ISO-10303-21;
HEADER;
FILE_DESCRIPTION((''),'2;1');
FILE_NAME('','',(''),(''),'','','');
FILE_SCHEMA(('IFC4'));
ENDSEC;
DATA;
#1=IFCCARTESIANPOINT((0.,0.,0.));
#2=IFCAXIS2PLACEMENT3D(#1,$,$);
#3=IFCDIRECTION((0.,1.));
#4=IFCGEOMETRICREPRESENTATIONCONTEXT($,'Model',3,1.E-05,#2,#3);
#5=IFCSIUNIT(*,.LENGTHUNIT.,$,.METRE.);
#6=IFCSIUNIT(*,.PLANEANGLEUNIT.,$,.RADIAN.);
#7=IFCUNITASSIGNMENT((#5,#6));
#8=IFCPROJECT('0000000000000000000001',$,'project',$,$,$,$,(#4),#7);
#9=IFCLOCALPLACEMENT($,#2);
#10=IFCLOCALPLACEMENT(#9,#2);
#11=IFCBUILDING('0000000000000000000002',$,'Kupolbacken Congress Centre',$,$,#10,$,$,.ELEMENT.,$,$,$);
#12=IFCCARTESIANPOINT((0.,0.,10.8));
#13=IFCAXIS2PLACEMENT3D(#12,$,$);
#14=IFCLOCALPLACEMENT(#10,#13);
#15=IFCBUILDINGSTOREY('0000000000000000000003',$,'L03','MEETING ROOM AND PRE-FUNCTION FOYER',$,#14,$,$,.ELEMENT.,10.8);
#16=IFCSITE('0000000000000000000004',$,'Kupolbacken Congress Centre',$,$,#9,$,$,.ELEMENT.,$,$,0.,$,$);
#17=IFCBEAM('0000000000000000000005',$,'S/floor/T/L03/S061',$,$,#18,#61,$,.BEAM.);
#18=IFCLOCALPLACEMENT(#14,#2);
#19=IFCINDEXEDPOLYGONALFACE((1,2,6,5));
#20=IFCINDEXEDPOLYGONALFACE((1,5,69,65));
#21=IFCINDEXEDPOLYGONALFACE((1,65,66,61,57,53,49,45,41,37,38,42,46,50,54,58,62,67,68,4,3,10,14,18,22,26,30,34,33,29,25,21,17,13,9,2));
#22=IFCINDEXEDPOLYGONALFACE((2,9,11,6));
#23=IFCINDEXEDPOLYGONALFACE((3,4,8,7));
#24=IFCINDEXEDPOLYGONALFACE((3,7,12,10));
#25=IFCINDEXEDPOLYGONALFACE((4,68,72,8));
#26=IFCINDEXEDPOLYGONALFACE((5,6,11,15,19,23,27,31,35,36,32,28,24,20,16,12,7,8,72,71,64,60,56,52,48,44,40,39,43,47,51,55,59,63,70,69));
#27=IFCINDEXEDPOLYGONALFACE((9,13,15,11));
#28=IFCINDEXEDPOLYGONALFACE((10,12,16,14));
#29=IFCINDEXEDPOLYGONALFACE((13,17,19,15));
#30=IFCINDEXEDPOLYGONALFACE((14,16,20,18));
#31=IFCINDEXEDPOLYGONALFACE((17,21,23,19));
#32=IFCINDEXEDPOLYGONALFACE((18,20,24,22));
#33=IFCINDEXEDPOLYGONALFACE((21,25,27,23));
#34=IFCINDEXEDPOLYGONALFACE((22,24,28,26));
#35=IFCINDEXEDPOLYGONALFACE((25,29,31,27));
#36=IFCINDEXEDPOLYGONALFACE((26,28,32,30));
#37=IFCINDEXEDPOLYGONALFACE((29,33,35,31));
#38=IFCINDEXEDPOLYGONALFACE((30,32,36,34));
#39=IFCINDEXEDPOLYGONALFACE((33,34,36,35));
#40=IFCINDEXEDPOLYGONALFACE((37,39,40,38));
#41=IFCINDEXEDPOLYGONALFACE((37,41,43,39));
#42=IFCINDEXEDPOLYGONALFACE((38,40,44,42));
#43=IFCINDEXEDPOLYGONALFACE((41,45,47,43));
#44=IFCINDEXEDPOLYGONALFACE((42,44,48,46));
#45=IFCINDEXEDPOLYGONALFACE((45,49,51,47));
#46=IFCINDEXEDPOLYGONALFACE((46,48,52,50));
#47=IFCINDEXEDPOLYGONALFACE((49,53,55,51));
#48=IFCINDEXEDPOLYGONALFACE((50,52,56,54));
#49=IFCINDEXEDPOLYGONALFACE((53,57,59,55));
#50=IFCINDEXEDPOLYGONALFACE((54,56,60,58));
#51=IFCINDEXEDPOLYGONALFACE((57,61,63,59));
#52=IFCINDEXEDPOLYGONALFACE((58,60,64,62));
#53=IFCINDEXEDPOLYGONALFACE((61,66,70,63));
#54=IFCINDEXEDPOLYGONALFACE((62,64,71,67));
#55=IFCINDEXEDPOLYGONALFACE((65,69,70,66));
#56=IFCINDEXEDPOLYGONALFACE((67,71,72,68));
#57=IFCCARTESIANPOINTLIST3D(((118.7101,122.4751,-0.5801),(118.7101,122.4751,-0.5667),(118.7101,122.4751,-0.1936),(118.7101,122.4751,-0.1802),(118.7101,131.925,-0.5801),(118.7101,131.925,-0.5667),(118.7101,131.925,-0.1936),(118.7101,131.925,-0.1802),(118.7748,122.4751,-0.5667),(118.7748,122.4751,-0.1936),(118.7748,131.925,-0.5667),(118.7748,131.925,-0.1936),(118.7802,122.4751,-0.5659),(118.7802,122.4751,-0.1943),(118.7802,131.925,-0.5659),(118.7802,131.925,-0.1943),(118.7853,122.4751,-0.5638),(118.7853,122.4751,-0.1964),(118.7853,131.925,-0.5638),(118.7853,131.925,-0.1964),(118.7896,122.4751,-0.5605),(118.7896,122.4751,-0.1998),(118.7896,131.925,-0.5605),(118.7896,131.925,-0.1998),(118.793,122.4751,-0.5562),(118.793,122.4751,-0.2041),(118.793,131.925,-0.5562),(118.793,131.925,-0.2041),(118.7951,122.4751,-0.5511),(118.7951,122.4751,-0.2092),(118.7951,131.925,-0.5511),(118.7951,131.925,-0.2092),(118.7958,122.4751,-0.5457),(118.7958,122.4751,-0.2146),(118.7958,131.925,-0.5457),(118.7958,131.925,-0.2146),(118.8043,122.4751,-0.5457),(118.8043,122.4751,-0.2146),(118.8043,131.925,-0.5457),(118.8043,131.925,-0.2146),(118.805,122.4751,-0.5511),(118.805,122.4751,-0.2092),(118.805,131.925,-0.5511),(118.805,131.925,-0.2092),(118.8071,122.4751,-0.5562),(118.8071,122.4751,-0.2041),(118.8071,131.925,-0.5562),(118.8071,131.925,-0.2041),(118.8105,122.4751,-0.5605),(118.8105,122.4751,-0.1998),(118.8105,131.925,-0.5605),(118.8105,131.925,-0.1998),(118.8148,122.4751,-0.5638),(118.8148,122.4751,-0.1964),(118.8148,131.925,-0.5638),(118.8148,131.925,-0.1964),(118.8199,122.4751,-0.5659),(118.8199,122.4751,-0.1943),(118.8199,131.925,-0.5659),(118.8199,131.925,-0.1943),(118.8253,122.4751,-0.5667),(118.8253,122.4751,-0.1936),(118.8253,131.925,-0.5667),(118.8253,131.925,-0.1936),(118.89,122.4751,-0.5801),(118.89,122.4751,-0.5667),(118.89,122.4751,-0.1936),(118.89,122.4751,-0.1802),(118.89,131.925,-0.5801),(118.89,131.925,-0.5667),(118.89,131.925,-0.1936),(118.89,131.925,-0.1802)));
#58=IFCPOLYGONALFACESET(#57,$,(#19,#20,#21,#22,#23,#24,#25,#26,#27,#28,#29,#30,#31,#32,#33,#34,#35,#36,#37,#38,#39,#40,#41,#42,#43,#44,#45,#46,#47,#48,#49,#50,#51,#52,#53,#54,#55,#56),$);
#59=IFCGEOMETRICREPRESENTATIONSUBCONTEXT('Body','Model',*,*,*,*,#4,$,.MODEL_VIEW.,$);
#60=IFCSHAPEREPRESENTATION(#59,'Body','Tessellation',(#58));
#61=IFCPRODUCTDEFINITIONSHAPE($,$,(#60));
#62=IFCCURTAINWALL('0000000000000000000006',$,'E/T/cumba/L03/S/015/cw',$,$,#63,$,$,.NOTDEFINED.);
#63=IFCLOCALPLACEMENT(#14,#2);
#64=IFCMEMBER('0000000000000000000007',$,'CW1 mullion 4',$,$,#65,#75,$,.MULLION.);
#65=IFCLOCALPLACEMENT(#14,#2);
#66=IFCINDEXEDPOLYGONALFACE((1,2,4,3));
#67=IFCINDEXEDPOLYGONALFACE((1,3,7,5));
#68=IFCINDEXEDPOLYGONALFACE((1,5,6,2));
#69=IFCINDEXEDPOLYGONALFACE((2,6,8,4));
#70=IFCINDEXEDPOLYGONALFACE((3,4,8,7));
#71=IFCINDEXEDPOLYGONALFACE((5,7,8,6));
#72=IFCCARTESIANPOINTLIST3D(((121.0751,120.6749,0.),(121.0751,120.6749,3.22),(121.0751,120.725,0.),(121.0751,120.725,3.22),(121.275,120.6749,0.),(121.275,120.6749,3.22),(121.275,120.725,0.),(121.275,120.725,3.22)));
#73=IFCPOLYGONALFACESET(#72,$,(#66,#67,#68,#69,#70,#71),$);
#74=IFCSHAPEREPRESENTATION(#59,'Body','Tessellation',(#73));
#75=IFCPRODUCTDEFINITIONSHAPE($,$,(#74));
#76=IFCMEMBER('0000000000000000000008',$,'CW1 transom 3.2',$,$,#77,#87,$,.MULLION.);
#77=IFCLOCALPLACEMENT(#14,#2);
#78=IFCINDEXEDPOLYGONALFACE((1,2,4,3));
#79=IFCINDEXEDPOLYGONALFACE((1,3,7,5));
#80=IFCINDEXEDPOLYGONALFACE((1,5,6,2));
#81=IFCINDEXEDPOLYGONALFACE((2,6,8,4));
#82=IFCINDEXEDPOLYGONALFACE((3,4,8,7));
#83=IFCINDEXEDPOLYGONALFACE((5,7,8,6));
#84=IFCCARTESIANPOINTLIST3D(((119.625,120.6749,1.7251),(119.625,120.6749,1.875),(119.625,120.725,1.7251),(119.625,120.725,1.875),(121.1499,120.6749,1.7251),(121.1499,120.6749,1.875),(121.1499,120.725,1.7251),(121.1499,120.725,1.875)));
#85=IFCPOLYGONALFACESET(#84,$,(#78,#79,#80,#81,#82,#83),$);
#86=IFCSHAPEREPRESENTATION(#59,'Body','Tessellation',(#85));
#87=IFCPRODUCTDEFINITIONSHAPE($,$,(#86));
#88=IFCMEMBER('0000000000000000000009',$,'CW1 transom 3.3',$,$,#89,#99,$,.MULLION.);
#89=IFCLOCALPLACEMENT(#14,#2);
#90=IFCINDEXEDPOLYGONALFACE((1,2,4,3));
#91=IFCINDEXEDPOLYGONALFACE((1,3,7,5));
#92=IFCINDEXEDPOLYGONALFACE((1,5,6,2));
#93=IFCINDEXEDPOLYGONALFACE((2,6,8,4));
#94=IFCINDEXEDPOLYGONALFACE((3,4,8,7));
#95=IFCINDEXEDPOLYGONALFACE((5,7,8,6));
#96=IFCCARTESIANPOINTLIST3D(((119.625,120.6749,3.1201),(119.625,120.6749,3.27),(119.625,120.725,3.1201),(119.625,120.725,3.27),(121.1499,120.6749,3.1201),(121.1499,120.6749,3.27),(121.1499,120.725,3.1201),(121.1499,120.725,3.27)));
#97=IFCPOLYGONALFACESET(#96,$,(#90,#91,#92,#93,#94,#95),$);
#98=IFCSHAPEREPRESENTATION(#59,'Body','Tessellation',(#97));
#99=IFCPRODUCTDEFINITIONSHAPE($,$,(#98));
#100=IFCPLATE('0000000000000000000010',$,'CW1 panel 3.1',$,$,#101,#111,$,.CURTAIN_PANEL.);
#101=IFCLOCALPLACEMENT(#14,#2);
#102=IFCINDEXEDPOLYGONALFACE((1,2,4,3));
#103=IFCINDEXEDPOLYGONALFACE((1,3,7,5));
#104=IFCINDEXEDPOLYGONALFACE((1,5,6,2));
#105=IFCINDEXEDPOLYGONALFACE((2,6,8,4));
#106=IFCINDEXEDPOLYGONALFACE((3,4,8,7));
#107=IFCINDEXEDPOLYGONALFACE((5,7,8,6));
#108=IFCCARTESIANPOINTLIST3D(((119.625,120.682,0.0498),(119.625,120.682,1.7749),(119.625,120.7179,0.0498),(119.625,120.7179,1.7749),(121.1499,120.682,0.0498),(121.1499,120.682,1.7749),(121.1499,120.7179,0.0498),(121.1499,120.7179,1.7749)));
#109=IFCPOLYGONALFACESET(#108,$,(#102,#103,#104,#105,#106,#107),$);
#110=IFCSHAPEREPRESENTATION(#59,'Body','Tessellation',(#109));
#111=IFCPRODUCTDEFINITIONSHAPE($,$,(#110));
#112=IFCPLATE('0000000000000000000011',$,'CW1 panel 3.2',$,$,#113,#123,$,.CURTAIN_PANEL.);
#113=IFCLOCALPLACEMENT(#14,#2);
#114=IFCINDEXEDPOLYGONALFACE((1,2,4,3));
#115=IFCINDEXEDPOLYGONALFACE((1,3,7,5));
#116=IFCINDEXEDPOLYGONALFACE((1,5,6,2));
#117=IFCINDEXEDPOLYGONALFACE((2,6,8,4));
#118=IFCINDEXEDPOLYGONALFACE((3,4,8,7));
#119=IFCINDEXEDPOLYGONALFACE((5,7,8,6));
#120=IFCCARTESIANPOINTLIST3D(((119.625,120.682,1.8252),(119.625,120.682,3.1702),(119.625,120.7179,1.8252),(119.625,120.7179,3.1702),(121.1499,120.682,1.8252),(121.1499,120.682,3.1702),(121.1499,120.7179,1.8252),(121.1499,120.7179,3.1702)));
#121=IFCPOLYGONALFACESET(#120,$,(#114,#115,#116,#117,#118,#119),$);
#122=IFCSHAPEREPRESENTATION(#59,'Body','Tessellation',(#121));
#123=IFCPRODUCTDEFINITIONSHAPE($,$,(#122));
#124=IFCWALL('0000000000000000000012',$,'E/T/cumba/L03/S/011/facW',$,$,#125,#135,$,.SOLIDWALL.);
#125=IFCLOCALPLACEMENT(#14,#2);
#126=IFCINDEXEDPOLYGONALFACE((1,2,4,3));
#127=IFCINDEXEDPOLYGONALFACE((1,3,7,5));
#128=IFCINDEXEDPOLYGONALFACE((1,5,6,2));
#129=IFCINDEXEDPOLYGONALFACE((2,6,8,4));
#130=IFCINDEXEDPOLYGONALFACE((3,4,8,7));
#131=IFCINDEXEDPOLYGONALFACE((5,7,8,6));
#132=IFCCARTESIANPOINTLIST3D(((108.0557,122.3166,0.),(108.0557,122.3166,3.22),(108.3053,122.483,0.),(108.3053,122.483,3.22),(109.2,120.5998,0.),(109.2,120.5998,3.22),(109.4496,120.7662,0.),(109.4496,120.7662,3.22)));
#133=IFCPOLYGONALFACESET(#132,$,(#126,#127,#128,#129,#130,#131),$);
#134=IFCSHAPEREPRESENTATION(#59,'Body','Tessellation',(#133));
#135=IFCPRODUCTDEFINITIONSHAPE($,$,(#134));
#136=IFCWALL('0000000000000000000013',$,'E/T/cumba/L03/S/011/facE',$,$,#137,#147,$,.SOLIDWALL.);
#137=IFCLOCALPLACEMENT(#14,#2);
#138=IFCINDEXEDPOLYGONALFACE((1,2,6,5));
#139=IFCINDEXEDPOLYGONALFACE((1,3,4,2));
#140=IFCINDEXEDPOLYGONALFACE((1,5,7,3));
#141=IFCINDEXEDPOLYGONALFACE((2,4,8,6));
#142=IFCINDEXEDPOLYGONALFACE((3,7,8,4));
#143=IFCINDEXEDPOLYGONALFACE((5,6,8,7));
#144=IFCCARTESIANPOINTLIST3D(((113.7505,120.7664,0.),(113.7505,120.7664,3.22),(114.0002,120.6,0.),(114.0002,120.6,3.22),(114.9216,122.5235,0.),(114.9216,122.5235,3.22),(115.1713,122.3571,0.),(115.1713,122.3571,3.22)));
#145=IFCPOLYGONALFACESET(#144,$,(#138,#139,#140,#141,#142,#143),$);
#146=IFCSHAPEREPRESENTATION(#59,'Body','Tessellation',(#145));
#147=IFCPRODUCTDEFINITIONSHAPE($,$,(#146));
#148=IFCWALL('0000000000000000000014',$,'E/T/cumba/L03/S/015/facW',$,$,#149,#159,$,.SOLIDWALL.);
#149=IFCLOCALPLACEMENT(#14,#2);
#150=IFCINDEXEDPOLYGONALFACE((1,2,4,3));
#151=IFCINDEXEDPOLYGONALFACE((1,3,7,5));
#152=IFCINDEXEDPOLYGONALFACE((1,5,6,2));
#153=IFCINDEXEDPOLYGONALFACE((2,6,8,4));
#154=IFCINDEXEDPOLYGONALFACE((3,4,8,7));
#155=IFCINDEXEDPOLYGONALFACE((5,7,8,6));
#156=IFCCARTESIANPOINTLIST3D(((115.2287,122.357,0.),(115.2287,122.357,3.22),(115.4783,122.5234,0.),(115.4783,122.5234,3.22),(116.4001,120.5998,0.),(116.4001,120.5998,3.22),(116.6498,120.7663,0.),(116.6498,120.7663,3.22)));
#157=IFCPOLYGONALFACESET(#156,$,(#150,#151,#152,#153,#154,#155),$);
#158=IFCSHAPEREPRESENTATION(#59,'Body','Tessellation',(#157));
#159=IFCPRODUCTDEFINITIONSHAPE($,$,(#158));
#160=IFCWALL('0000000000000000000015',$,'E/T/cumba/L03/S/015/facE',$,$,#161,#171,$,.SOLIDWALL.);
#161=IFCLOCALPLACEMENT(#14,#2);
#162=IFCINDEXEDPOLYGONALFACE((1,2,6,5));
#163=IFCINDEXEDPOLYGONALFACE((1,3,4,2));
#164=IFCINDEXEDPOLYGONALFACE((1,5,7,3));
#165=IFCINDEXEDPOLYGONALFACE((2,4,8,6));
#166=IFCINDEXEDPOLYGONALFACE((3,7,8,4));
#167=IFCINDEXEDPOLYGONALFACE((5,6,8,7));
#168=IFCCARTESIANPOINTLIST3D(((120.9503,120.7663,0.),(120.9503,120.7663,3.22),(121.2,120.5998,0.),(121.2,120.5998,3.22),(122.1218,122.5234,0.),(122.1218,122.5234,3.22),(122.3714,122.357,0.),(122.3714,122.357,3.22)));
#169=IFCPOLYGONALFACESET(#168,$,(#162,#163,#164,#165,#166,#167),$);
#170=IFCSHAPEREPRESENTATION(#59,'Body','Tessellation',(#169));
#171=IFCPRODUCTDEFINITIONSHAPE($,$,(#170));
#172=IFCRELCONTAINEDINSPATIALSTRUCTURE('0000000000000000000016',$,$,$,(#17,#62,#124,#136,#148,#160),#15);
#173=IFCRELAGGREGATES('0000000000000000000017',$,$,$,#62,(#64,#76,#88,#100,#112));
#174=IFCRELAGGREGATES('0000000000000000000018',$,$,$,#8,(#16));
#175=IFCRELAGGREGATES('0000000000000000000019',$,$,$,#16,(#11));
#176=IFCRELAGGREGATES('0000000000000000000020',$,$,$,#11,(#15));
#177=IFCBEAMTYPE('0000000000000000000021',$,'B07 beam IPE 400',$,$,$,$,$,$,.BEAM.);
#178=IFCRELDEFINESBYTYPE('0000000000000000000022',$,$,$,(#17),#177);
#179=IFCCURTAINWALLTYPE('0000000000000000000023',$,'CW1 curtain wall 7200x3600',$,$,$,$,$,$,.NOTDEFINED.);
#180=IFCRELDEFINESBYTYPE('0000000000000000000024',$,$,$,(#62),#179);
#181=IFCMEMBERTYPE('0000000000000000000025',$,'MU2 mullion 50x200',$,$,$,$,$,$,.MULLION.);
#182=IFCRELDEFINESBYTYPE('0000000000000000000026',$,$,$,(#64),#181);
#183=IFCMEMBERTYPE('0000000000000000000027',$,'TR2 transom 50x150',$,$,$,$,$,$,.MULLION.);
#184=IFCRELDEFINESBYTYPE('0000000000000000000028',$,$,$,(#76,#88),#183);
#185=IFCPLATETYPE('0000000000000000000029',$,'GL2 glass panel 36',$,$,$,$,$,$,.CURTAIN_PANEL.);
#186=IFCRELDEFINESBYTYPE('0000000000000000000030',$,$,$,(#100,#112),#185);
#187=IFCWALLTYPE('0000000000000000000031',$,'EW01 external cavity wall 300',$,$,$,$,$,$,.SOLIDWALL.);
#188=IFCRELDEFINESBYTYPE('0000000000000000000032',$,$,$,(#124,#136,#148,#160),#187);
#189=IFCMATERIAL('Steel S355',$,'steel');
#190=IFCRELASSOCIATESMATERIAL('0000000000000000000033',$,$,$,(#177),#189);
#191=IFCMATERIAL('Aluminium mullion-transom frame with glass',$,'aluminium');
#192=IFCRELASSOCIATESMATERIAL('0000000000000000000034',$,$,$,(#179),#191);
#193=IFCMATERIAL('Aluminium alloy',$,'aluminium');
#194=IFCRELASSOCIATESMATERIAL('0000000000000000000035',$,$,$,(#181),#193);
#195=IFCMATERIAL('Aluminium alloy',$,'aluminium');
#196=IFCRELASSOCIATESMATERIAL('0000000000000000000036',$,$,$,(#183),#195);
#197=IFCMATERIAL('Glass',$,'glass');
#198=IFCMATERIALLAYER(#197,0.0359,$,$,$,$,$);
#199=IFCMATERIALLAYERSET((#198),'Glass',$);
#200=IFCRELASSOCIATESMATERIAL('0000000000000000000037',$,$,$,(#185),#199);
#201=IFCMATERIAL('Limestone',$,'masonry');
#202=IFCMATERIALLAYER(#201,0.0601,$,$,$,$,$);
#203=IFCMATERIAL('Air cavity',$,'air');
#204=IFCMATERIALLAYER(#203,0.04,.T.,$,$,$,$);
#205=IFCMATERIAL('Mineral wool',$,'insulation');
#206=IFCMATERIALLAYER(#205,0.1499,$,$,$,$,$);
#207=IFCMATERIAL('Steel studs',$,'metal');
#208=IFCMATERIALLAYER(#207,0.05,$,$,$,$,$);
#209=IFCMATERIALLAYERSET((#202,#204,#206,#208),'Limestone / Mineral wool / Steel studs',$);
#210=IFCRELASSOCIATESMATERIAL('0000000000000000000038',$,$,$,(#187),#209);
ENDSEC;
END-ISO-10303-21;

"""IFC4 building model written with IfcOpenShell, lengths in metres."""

from ifc_helpers import new_model, si_unit, direction, frame, frame_2d, origin, origin_2d, place, context, subcontext, project, spatial, rectangle, i_section, extrude, material, layer, layer_set, material_profile, profile_set, type_object, element, aggregate, save


model = new_model("IFC4")

# Units and contexts
model_context = context("Model", 3, precision=1e-05, world=origin(), true_north=direction((0.0, 1.0)))
body_context = subcontext(model_context, "Body", "Model", "MODEL_VIEW")
ifc_project = project(units=[si_unit("LENGTHUNIT", "METRE"), si_unit("PLANEANGLEUNIT", "RADIAN")], contexts=[model_context])

# Site, building, storey
site_placement = place(None, origin())
site = spatial("IfcSite", under=ifc_project, at=site_placement, Name="Kupolbacken Congress Centre", CompositionType="ELEMENT", RefElevation=0.0)
building_placement = place(site_placement, origin())
building = spatial("IfcBuilding", under=site, at=building_placement, Name="Kupolbacken Congress Centre", CompositionType="ELEMENT")
storey_placement = place(building_placement, frame((0.0, 0.0, 10.8)))
storey = spatial("IfcBuildingStorey", under=building, at=storey_placement, Name="L03", Description="MEETING ROOM AND PRE-FUNCTION FOYER", CompositionType="ELEMENT", Elevation=10.8)

# Beam
ifc_material_1 = material(Name="Steel S355", Category="steel")
ifc_material_profile_1 = material_profile(ifc_material_1, i_section(OverallWidth=0.1799, OverallDepth=0.3999, WebThickness=0.0085, FlangeThickness=0.0134, FilletRadius=0.021, at=origin_2d()), Name="IPE 400")
ifc_profile_set_1 = profile_set([ifc_material_profile_1], Name="Steel S355")
beam_type_1 = type_object("IfcBeamType", Name="B07 beam IPE 400", PredefinedType="BEAM", material=ifc_profile_set_1)
beam_1_placement = place(storey_placement, frame((118.8, 122.4751, -0.3801), z_axis=(0.0, 1.0, 0.0), x_axis=(-1.0, 0.0, 0.0)))
element("IfcBeam", 1, at=beam_1_placement, inside=storey, type_object=beam_type_1, Name="S/floor/T/L03/S061", PredefinedType="BEAM", context=body_context, shape_type="SweptSolid", body=[
    extrude(i_section(OverallWidth=0.1799, OverallDepth=0.3999, WebThickness=0.0085, FlangeThickness=0.0134, FilletRadius=0.021, at=origin_2d()), origin(), (0.0, 0.0, 1.0), 9.45),
])

# Curtain wall, members, plates
ifc_material_2 = material(Name="Aluminium mullion-transom frame with glass", Category="aluminium")
curtain_wall_type = type_object("IfcCurtainWallType", Name="CW1 curtain wall 7200x3600", PredefinedType="NOTDEFINED", material=ifc_material_2)
curtain_wall_placement = place(storey_placement, origin())
curtain_wall = element("IfcCurtainWall", 2, at=curtain_wall_placement, inside=storey, type_object=curtain_wall_type, Name="E/T/cumba/L03/S/015/cw", PredefinedType="NOTDEFINED")
ifc_material_3 = material(Name="Aluminium alloy", Category="aluminium")
ifc_material_profile_2 = material_profile(ifc_material_3, rectangle(XDim=0.05, YDim=0.2, at=origin_2d()), Name="50 x 200")
ifc_profile_set_2 = profile_set([ifc_material_profile_2], Name="Aluminium alloy")
member_type_1 = type_object("IfcMemberType", Name="MU2 mullion 50x200", PredefinedType="MULLION", material=ifc_profile_set_2)
member_1_placement = place(storey_placement, frame((121.175, 120.7, 0.0), z_axis=(0.0, 0.0, 1.0), x_axis=(0.0, 1.0, 0.0)))
member_1 = element("IfcMember", 3, at=member_1_placement, type_object=member_type_1, Name="CW1 mullion 4", PredefinedType="MULLION", context=body_context, shape_type="SweptSolid", body=[
    extrude(rectangle(XDim=0.05, YDim=0.2, at=origin_2d()), origin(), (0.0, 0.0, 1.0), 3.22),
])
ifc_material_4 = material(Name="Aluminium alloy", Category="aluminium")
ifc_material_profile_3 = material_profile(ifc_material_4, rectangle(XDim=0.05, YDim=0.1499, at=origin_2d()), Name="50 x 150")
ifc_profile_set_3 = profile_set([ifc_material_profile_3], Name="Aluminium alloy")
member_type_2 = type_object("IfcMemberType", Name="TR2 transom 50x150", PredefinedType="MULLION", material=ifc_profile_set_3)
member_2_placement = place(storey_placement, frame((119.625, 120.7, 1.8), z_axis=(1.0, 0.0, 0.0), x_axis=(0.0, 1.0, 0.0)))
member_2 = element("IfcMember", 4, at=member_2_placement, type_object=member_type_2, Name="CW1 transom 3.2", PredefinedType="MULLION", context=body_context, shape_type="SweptSolid", body=[
    extrude(rectangle(XDim=0.05, YDim=0.1499, at=origin_2d()), origin(), (0.0, 0.0, 1.0), 1.5249),
])
member_3_placement = place(storey_placement, frame((119.625, 120.7, 3.1951), z_axis=(1.0, 0.0, 0.0), x_axis=(0.0, 1.0, 0.0)))
member_3 = element("IfcMember", 5, at=member_3_placement, type_object=member_type_2, Name="CW1 transom 3.3", PredefinedType="MULLION", context=body_context, shape_type="SweptSolid", body=[
    extrude(rectangle(XDim=0.05, YDim=0.1499, at=origin_2d()), origin(), (0.0, 0.0, 1.0), 1.5249),
])
ifc_material_5 = material(Name="Glass", Category="glass")
ifc_layer_1 = layer(ifc_material_5, 0.0359)
ifc_layer_set_1 = layer_set([ifc_layer_1], Name="Glass")
plate_type = type_object("IfcPlateType", Name="GL2 glass panel 36", PredefinedType="CURTAIN_PANEL", material=ifc_layer_set_1)
plate_1_placement = place(storey_placement, frame((120.3875, 120.7, 0.0498), z_axis=(0.0, 0.0, 1.0), x_axis=(1.0, 0.0, 0.0)))
plate_1 = element("IfcPlate", 6, at=plate_1_placement, type_object=plate_type, Name="CW1 panel 3.1", PredefinedType="CURTAIN_PANEL", context=body_context, shape_type="SweptSolid", body=[
    extrude(rectangle(XDim=1.5249, YDim=0.0359, at=origin_2d()), origin(), (0.0, 0.0, 1.0), 1.7251),
])
plate_2_placement = place(storey_placement, frame((120.3875, 120.7, 1.8252), z_axis=(0.0, 0.0, 1.0), x_axis=(1.0, 0.0, 0.0)))
plate_2 = element("IfcPlate", 7, at=plate_2_placement, type_object=plate_type, Name="CW1 panel 3.2", PredefinedType="CURTAIN_PANEL", context=body_context, shape_type="SweptSolid", body=[
    extrude(rectangle(XDim=1.5249, YDim=0.0359, at=origin_2d()), origin(), (0.0, 0.0, 1.0), 1.345),
])
aggregate(curtain_wall, [member_1, member_2, member_3, plate_1, plate_2])

# Walls
ifc_material_6 = material(Name="Limestone", Category="masonry")
ifc_layer_2 = layer(ifc_material_6, 0.0601)
ifc_material_7 = material(Name="Air cavity", Category="air")
ifc_layer_3 = layer(ifc_material_7, 0.04, ventilated=True)
ifc_material_8 = material(Name="Mineral wool", Category="insulation")
ifc_layer_4 = layer(ifc_material_8, 0.1499)
ifc_material_9 = material(Name="Steel studs", Category="metal")
ifc_layer_5 = layer(ifc_material_9, 0.05)
ifc_layer_set_2 = layer_set([ifc_layer_2, ifc_layer_3, ifc_layer_4, ifc_layer_5], Name="Limestone / Mineral wool / Steel studs")
wall_type_1 = type_object("IfcWallType", Name="EW01 external cavity wall 300", PredefinedType="SOLIDWALL", material=ifc_layer_set_2)
wall_1_placement = place(storey_placement, frame((108.1804, 122.3999, 0.0), z_axis=(0.0, 0.0, 1.0), x_axis=(0.554618, -0.832105, 0.0)))
element("IfcWall", 8, at=wall_1_placement, inside=storey, type_object=wall_type_1, Name="E/T/cumba/L03/S/011/facW", PredefinedType="SOLIDWALL", context=body_context, shape_type="SweptSolid", body=[
    extrude(rectangle(XDim=2.0632, YDim=0.3, at=frame_2d((1.0317, 0.0))), origin(), (0.0, 0.0, 1.0), 3.22),
])
wall_2_placement = place(storey_placement, frame((115.0464, 122.4402, 0.0), z_axis=(0.0, 0.0, 1.0), x_axis=(-0.55462, -0.832104, 0.0)))
element("IfcWall", 9, at=wall_2_placement, inside=storey, type_object=wall_type_1, Name="E/T/cumba/L03/S/011/facE", PredefinedType="SOLIDWALL", context=body_context, shape_type="SweptSolid", body=[
    extrude(rectangle(XDim=2.1116, YDim=0.3, at=frame_2d((1.0557, 0.0))), origin(), (0.0, 0.0, 1.0), 3.22),
])
for number, where, z_axis, x_axis, name in (
    (10, (115.3535, 122.4402, 0.0), (0.0, 0.0, 1.0), (0.5547, -0.83205, 0.0), "E/T/cumba/L03/S/015/facW"),
    (11, (122.2466, 122.4402, 0.0), (0.0, 0.0, 1.0), (-0.5547, -0.83205, 0.0), "E/T/cumba/L03/S/015/facE"),
):
    element("IfcWall", number, at=place(storey_placement, frame(where, z_axis=z_axis, x_axis=x_axis)), inside=storey, type_object=wall_type_1, Name=name, PredefinedType="SOLIDWALL", context=body_context, shape_type="SweptSolid", body=[
        extrude(rectangle(XDim=2.1118, YDim=0.3, at=frame_2d((1.0559, 0.0))), origin(), (0.0, 0.0, 1.0), 3.22),
    ])

save(model, "model.ifc")
